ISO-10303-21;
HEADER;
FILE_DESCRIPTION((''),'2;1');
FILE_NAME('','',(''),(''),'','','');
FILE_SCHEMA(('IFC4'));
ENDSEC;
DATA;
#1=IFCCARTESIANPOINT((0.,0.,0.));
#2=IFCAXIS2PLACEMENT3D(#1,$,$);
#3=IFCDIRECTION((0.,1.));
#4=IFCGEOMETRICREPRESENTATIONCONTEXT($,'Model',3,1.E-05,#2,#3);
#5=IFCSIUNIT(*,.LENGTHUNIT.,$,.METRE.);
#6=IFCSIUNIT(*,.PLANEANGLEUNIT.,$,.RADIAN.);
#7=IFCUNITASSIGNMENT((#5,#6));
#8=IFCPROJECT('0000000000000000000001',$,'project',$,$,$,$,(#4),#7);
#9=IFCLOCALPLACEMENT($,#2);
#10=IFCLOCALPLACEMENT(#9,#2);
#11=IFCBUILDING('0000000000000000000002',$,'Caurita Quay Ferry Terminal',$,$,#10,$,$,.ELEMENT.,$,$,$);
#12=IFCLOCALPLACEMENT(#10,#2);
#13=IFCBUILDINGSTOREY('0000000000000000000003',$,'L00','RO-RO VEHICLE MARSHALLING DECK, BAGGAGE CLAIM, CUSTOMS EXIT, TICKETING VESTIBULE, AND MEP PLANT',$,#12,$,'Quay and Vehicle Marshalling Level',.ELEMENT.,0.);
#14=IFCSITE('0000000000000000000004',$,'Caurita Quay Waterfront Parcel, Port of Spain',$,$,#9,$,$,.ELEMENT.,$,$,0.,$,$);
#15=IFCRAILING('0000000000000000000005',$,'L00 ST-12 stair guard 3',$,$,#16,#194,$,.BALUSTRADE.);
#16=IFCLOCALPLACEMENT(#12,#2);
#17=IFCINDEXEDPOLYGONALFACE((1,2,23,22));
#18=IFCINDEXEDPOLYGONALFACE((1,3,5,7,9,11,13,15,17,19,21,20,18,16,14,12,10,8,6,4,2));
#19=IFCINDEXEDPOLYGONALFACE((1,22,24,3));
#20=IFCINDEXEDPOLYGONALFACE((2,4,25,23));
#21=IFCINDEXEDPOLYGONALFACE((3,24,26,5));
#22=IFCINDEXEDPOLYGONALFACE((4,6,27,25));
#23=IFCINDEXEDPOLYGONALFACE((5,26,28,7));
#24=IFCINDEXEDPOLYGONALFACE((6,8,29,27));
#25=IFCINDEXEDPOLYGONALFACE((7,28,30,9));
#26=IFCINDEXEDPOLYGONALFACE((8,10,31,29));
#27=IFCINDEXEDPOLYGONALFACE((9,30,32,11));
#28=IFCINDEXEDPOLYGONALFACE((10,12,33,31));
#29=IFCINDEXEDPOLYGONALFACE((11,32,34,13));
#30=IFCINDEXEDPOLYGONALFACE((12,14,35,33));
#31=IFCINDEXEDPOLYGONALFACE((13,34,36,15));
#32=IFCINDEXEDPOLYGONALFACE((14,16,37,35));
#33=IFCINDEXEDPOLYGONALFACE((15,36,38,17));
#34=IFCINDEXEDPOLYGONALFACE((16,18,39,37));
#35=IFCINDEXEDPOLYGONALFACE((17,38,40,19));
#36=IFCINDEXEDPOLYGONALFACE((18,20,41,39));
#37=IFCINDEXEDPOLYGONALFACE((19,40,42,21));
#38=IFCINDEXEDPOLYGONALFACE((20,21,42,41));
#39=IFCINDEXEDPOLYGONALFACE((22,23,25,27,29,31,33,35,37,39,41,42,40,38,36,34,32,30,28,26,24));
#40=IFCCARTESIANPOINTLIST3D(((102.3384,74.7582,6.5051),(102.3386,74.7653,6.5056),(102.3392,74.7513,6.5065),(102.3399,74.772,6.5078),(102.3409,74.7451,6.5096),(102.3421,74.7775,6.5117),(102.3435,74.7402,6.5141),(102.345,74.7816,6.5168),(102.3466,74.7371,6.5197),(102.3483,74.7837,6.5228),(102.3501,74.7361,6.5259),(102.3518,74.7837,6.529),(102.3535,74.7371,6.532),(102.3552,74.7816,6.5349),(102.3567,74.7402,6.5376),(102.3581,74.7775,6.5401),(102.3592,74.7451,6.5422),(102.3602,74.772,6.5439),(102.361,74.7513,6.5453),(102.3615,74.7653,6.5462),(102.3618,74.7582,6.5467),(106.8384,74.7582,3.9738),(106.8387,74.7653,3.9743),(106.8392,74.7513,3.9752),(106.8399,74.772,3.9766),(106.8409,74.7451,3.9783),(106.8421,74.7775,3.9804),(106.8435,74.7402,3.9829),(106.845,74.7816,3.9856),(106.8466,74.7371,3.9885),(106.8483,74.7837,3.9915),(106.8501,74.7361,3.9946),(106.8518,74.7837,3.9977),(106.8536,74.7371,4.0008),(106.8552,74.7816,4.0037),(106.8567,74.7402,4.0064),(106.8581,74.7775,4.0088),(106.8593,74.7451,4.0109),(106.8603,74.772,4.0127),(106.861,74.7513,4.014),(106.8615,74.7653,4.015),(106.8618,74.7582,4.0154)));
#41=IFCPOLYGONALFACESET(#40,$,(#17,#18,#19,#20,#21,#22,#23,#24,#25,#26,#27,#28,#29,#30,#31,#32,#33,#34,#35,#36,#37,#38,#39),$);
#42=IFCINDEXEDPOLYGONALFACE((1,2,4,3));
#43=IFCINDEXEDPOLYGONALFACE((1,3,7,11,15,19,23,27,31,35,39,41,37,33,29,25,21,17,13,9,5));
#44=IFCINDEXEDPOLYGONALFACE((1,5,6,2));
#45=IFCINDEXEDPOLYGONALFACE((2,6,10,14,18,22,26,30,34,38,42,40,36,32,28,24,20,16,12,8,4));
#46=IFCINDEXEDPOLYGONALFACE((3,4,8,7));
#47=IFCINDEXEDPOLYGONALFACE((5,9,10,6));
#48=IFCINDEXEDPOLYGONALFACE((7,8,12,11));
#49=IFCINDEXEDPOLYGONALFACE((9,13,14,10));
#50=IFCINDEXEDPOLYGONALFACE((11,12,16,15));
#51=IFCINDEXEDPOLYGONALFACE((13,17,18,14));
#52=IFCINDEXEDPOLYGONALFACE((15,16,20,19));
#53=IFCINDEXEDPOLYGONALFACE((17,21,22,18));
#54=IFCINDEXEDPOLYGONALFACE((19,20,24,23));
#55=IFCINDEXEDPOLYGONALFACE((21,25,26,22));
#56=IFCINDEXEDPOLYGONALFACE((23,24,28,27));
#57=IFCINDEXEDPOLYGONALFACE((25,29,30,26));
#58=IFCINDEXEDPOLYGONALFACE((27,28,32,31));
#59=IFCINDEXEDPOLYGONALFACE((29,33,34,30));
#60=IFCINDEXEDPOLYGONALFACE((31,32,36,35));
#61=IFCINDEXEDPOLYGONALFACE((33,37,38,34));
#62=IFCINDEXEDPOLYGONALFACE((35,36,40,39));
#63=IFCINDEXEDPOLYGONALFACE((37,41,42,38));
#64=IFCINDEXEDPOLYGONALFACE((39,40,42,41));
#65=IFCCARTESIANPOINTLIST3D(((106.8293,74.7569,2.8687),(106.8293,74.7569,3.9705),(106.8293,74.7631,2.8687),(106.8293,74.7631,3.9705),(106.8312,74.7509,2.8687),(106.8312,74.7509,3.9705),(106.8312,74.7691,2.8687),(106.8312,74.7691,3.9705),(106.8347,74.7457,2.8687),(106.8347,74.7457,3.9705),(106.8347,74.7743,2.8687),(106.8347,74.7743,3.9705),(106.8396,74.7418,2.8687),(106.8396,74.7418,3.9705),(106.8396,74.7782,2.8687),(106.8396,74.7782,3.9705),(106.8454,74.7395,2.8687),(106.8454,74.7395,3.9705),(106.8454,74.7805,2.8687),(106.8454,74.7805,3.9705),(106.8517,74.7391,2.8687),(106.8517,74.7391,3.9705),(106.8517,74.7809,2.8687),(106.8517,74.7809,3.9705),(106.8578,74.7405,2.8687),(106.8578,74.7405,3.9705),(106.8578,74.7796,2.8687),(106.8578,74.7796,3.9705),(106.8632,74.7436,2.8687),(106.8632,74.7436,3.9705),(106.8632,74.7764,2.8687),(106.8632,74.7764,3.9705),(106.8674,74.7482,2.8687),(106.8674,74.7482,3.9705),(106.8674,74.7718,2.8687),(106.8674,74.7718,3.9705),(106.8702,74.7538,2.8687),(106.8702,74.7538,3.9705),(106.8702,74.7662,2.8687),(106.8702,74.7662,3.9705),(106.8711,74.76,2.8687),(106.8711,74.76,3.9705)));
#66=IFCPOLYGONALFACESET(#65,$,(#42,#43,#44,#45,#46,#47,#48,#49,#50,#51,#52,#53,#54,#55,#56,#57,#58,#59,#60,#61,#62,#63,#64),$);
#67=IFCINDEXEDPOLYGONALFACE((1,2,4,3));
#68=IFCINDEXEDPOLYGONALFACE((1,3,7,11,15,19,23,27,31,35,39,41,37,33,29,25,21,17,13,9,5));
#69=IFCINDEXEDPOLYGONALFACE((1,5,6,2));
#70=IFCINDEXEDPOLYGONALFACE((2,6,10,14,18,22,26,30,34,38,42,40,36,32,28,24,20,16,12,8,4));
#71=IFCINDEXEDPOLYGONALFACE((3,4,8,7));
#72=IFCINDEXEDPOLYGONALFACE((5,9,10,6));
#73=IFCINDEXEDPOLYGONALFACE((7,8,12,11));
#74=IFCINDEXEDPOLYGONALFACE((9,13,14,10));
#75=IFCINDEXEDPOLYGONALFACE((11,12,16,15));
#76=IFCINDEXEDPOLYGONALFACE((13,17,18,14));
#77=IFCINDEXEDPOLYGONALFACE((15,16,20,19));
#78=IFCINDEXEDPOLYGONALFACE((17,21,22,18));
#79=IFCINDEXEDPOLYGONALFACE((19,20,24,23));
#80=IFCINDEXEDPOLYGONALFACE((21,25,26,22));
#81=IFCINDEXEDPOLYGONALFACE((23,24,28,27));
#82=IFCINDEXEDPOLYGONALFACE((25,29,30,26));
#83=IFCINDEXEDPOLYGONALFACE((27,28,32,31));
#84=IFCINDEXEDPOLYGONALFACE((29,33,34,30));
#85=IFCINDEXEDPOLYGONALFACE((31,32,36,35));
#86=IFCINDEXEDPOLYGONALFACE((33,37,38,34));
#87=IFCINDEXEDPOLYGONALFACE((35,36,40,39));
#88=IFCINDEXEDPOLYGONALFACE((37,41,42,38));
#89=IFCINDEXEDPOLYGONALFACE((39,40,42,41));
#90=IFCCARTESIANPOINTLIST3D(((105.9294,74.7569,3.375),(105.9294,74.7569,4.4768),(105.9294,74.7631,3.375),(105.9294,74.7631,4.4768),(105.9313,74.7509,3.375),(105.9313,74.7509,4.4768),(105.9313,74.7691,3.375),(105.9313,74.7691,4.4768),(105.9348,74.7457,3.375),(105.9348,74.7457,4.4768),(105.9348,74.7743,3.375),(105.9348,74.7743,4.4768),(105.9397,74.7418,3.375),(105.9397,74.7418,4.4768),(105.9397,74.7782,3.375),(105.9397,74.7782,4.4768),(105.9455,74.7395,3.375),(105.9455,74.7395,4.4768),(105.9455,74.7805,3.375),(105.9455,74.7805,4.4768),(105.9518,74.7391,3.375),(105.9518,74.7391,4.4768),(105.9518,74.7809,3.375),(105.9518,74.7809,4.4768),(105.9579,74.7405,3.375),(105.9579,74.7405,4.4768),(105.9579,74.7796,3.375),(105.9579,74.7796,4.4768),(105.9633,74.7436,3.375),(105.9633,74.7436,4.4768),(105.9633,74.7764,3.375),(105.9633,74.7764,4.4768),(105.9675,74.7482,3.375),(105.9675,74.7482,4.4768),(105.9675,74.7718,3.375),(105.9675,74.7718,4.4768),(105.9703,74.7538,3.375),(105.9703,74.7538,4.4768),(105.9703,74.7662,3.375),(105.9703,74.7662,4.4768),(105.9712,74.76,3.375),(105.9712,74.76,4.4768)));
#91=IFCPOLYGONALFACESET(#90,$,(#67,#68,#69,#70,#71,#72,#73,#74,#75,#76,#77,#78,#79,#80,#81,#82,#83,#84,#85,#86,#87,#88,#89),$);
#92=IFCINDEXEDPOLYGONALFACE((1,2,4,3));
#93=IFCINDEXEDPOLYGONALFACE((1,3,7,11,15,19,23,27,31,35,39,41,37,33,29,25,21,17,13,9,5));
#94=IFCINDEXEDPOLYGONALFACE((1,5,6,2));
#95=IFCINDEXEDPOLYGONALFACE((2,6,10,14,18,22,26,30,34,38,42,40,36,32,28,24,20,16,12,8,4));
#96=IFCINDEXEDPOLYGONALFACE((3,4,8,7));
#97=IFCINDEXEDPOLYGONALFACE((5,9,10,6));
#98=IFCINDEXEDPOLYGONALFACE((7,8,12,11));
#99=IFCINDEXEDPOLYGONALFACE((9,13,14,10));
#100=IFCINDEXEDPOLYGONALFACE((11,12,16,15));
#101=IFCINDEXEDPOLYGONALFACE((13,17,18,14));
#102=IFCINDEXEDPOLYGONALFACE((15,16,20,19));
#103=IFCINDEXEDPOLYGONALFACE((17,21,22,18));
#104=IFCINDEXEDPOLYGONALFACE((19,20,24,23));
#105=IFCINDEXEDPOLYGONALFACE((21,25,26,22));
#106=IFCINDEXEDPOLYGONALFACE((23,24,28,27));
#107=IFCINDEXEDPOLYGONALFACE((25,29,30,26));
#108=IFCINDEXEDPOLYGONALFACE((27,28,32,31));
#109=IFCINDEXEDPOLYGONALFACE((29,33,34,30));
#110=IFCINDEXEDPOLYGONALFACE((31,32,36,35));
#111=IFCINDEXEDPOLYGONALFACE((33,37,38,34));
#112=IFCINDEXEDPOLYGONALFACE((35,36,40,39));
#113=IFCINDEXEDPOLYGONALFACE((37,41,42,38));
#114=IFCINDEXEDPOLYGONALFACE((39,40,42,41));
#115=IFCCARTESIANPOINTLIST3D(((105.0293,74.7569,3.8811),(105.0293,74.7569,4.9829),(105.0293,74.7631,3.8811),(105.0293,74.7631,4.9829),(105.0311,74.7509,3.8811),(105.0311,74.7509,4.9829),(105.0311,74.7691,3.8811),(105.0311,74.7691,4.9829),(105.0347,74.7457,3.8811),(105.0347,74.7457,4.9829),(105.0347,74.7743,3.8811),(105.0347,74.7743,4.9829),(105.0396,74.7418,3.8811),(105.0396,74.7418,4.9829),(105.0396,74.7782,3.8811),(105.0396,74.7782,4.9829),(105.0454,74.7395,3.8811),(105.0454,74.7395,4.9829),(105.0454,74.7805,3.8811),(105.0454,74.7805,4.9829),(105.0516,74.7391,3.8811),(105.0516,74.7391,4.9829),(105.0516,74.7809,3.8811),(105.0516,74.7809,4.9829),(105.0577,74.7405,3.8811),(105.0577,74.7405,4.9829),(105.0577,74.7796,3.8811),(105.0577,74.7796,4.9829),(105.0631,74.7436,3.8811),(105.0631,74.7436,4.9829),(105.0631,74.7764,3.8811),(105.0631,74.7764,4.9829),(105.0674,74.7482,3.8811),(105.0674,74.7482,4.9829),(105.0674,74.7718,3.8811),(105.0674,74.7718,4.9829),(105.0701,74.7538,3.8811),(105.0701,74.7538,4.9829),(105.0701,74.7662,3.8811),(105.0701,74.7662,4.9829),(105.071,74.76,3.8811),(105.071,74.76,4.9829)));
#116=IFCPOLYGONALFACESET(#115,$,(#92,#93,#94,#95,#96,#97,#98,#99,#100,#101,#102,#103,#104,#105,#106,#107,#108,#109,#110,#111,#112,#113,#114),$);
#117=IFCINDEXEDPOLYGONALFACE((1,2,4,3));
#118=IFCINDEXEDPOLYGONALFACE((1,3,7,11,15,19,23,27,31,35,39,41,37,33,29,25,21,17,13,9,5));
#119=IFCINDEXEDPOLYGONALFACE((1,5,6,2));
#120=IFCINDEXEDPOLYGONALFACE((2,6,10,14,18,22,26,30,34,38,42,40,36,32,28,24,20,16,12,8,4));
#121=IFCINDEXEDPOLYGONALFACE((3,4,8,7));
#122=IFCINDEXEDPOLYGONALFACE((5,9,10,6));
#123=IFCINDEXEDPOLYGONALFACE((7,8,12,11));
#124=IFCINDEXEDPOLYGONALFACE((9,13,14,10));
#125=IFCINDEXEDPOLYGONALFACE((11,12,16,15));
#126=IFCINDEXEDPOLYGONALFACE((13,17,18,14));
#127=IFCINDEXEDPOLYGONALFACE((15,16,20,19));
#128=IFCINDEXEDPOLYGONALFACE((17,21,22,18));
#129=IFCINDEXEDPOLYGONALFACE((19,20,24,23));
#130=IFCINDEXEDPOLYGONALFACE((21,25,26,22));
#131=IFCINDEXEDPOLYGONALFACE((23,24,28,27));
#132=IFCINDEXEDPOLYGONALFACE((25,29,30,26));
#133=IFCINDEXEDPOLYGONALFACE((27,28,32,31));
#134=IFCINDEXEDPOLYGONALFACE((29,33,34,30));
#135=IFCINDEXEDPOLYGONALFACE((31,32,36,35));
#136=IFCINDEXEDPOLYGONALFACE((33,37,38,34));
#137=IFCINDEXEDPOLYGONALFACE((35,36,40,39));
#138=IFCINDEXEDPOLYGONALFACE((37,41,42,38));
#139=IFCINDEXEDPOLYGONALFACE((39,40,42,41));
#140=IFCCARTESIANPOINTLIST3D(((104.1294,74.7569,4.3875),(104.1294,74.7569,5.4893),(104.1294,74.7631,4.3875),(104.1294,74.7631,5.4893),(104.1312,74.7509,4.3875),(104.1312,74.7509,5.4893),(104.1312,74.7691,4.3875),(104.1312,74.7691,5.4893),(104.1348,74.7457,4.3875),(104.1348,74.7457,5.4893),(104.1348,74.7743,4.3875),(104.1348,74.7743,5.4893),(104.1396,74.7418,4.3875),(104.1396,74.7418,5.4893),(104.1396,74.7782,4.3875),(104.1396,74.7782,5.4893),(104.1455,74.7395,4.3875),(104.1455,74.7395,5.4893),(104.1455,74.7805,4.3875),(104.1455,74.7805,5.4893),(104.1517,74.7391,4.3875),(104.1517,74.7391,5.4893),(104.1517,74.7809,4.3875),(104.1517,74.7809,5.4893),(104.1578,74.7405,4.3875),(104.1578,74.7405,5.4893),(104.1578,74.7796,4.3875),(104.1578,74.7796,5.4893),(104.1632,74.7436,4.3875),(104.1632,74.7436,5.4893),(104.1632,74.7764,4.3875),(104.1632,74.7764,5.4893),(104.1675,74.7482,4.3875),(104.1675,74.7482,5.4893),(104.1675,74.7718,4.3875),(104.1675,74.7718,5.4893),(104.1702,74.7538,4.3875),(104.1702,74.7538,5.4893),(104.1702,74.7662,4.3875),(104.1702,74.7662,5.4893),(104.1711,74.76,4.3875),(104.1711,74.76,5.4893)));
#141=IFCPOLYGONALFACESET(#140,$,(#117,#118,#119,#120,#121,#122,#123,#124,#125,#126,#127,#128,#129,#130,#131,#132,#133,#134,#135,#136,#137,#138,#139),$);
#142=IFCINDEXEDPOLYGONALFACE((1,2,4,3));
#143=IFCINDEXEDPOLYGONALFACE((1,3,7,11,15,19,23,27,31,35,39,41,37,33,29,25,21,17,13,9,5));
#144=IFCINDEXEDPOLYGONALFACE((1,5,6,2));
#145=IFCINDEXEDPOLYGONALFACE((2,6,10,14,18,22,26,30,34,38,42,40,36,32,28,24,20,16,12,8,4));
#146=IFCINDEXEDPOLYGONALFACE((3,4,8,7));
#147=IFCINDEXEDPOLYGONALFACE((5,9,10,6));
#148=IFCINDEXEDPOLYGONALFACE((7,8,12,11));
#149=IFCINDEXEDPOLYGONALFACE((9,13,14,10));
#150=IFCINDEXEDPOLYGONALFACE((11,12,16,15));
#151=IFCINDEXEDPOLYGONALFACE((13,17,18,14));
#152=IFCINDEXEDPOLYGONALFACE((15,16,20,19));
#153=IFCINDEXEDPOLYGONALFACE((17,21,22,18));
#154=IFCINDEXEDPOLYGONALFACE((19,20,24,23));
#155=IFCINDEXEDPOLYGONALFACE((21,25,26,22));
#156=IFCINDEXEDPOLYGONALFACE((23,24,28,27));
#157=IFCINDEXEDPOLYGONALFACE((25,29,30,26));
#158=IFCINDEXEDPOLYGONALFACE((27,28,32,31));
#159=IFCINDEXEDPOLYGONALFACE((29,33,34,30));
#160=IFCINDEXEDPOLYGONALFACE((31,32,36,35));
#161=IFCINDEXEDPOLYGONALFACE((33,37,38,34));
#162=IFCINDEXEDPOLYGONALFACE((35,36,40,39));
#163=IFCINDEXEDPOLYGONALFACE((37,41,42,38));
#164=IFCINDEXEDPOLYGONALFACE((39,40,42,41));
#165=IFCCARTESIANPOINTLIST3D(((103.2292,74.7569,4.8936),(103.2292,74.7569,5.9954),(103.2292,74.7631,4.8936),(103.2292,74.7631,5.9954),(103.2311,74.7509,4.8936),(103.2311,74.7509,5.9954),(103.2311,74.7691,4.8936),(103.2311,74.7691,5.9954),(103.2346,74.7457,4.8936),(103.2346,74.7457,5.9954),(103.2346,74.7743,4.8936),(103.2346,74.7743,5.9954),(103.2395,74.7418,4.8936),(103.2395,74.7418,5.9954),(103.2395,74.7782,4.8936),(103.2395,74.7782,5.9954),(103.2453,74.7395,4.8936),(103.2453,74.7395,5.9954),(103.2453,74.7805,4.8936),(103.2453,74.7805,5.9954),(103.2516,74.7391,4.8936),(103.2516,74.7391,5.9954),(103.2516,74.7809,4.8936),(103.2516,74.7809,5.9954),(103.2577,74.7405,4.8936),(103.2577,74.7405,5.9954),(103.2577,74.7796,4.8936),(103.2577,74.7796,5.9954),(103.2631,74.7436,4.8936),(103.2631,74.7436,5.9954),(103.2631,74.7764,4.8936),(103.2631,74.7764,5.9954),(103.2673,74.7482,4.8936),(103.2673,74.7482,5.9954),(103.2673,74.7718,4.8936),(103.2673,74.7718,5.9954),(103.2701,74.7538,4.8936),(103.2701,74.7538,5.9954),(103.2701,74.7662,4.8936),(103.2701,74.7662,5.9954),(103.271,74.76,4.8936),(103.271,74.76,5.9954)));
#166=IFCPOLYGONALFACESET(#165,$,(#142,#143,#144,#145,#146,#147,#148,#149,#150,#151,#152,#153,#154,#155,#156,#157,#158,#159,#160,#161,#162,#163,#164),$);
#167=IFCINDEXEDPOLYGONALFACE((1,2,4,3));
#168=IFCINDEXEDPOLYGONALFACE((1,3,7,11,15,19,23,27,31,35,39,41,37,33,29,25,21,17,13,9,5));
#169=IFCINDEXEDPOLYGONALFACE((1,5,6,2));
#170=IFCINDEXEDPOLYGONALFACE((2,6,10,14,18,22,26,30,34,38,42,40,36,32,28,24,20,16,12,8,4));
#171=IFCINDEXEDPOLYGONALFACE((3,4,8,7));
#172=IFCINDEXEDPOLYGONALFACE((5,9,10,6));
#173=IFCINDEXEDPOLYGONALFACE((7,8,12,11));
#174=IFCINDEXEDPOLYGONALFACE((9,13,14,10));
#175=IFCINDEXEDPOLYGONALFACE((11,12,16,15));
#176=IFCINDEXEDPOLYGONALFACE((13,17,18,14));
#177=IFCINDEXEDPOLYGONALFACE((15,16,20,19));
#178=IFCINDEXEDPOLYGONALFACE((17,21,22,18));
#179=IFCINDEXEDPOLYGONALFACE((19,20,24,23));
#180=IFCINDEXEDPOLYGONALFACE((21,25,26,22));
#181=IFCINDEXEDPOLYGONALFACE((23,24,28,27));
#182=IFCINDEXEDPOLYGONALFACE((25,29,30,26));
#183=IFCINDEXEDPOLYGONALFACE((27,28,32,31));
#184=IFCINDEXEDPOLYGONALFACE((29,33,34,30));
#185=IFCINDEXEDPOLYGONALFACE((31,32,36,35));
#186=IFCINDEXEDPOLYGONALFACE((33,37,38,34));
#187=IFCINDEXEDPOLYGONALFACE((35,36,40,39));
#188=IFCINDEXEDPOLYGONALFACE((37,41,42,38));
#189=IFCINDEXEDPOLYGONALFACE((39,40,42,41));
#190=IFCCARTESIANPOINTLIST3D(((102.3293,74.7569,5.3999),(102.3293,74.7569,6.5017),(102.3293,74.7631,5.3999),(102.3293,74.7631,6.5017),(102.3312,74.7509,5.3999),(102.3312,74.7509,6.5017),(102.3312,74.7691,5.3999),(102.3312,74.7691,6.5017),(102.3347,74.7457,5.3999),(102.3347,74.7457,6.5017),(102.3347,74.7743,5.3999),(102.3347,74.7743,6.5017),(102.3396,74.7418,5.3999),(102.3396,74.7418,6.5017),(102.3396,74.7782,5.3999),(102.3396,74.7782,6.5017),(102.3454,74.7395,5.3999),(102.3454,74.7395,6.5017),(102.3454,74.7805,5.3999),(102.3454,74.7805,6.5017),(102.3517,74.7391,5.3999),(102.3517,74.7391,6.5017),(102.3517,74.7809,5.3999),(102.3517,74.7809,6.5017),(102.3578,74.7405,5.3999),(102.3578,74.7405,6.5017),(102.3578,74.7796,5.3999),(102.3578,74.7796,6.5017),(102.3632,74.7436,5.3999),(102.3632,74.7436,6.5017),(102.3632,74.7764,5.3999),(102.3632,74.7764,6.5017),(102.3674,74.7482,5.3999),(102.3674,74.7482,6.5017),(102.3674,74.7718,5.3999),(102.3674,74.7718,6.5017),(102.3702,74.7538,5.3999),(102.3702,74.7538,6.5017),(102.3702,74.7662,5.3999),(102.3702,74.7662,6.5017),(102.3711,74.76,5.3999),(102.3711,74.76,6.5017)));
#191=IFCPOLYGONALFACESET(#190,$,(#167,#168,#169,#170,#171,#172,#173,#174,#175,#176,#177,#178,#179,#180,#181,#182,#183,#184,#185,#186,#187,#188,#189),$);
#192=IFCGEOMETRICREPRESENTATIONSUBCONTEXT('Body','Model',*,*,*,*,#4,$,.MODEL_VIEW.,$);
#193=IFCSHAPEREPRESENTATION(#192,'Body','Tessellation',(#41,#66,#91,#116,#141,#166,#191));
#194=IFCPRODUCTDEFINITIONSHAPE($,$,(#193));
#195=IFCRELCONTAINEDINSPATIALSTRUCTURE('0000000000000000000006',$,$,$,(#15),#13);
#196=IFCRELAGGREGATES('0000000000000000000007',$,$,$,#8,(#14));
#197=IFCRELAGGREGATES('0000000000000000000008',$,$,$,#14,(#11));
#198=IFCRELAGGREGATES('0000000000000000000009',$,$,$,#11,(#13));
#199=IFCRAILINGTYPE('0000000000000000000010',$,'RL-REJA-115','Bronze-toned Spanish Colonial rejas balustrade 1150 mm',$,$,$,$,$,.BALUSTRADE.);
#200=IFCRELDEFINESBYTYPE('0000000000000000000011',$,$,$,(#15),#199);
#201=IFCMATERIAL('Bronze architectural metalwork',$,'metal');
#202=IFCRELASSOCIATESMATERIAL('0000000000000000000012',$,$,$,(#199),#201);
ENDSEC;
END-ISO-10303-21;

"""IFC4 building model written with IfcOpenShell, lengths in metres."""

from ifc_helpers import new_model, si_unit, direction, frame, origin, origin_2d, place, context, subcontext, project, spatial, circle, extrude, material, type_object, element, save


model = new_model("IFC4")

# Units and contexts
model_context = context("Model", 3, precision=1e-05, world=origin(), true_north=direction((0.0, 1.0)))
body_context = subcontext(model_context, "Body", "Model", "MODEL_VIEW")
ifc_project = project(units=[si_unit("LENGTHUNIT", "METRE"), si_unit("PLANEANGLEUNIT", "RADIAN")], contexts=[model_context])

# Site, building, storey
site_placement = place(None, origin())
site = spatial("IfcSite", under=ifc_project, at=site_placement, Name="Caurita Quay Waterfront Parcel, Port of Spain", CompositionType="ELEMENT", RefElevation=0.0)
building_placement = place(site_placement, origin())
building = spatial("IfcBuilding", under=site, at=building_placement, Name="Caurita Quay Ferry Terminal", CompositionType="ELEMENT")
storey_placement = place(building_placement, origin())
storey = spatial("IfcBuildingStorey", under=building, at=storey_placement, Name="L00", Description="RO-RO VEHICLE MARSHALLING DECK, BAGGAGE CLAIM, CUSTOMS EXIT, TICKETING VESTIBULE, AND MEP PLANT", LongName="Quay and Vehicle Marshalling Level", CompositionType="ELEMENT", Elevation=0.0)

# Railing
ifc_material_1 = material(Name="Bronze architectural metalwork", Category="metal")
railing_type_1 = type_object("IfcRailingType", Name="RL-REJA-115", Description="Bronze-toned Spanish Colonial rejas balustrade 1150 mm", PredefinedType="BALUSTRADE", material=ifc_material_1)
railing_1_placement = place(storey_placement, frame((106.8501, 74.76, 2.8687)))
element("IfcRailing", 1, at=railing_1_placement, inside=storey, type_object=railing_type_1, Name="L00 ST-12 stair guard 3", PredefinedType="BALUSTRADE", context=body_context, shape_type="SweptSolid", body=[
    extrude(circle(Radius=0.0239, at=origin_2d()), frame((0.0, 0.0, 1.126), z_axis=(-0.871576, 0.0, 0.490261), x_axis=(0.0, -1.0, 0.0)), (0.0, 0.0, 1.0), 5.1631),
    extrude(circle(Radius=0.021, at=origin_2d()), origin(), (0.0, 0.0, 1.0), 1.1018),
    extrude(circle(Radius=0.021, at=origin_2d()), frame((-0.8999, 0.0, 0.5063)), (0.0, 0.0, 1.0), 1.1018),
    extrude(circle(Radius=0.021, at=origin_2d()), frame((-1.8, 0.0, 1.0125)), (0.0, 0.0, 1.0), 1.1018),
    extrude(circle(Radius=0.021, at=origin_2d()), frame((-2.7, 0.0, 1.5188)), (0.0, 0.0, 1.0), 1.1018),
    extrude(circle(Radius=0.021, at=origin_2d()), frame((-3.6001, 0.0, 2.0249)), (0.0, 0.0, 1.0), 1.1018),
    extrude(circle(Radius=0.021, at=origin_2d()), frame((-4.5, 0.0, 2.5312)), (0.0, 0.0, 1.0), 1.1018),
])

save(model, "model.ifc")
